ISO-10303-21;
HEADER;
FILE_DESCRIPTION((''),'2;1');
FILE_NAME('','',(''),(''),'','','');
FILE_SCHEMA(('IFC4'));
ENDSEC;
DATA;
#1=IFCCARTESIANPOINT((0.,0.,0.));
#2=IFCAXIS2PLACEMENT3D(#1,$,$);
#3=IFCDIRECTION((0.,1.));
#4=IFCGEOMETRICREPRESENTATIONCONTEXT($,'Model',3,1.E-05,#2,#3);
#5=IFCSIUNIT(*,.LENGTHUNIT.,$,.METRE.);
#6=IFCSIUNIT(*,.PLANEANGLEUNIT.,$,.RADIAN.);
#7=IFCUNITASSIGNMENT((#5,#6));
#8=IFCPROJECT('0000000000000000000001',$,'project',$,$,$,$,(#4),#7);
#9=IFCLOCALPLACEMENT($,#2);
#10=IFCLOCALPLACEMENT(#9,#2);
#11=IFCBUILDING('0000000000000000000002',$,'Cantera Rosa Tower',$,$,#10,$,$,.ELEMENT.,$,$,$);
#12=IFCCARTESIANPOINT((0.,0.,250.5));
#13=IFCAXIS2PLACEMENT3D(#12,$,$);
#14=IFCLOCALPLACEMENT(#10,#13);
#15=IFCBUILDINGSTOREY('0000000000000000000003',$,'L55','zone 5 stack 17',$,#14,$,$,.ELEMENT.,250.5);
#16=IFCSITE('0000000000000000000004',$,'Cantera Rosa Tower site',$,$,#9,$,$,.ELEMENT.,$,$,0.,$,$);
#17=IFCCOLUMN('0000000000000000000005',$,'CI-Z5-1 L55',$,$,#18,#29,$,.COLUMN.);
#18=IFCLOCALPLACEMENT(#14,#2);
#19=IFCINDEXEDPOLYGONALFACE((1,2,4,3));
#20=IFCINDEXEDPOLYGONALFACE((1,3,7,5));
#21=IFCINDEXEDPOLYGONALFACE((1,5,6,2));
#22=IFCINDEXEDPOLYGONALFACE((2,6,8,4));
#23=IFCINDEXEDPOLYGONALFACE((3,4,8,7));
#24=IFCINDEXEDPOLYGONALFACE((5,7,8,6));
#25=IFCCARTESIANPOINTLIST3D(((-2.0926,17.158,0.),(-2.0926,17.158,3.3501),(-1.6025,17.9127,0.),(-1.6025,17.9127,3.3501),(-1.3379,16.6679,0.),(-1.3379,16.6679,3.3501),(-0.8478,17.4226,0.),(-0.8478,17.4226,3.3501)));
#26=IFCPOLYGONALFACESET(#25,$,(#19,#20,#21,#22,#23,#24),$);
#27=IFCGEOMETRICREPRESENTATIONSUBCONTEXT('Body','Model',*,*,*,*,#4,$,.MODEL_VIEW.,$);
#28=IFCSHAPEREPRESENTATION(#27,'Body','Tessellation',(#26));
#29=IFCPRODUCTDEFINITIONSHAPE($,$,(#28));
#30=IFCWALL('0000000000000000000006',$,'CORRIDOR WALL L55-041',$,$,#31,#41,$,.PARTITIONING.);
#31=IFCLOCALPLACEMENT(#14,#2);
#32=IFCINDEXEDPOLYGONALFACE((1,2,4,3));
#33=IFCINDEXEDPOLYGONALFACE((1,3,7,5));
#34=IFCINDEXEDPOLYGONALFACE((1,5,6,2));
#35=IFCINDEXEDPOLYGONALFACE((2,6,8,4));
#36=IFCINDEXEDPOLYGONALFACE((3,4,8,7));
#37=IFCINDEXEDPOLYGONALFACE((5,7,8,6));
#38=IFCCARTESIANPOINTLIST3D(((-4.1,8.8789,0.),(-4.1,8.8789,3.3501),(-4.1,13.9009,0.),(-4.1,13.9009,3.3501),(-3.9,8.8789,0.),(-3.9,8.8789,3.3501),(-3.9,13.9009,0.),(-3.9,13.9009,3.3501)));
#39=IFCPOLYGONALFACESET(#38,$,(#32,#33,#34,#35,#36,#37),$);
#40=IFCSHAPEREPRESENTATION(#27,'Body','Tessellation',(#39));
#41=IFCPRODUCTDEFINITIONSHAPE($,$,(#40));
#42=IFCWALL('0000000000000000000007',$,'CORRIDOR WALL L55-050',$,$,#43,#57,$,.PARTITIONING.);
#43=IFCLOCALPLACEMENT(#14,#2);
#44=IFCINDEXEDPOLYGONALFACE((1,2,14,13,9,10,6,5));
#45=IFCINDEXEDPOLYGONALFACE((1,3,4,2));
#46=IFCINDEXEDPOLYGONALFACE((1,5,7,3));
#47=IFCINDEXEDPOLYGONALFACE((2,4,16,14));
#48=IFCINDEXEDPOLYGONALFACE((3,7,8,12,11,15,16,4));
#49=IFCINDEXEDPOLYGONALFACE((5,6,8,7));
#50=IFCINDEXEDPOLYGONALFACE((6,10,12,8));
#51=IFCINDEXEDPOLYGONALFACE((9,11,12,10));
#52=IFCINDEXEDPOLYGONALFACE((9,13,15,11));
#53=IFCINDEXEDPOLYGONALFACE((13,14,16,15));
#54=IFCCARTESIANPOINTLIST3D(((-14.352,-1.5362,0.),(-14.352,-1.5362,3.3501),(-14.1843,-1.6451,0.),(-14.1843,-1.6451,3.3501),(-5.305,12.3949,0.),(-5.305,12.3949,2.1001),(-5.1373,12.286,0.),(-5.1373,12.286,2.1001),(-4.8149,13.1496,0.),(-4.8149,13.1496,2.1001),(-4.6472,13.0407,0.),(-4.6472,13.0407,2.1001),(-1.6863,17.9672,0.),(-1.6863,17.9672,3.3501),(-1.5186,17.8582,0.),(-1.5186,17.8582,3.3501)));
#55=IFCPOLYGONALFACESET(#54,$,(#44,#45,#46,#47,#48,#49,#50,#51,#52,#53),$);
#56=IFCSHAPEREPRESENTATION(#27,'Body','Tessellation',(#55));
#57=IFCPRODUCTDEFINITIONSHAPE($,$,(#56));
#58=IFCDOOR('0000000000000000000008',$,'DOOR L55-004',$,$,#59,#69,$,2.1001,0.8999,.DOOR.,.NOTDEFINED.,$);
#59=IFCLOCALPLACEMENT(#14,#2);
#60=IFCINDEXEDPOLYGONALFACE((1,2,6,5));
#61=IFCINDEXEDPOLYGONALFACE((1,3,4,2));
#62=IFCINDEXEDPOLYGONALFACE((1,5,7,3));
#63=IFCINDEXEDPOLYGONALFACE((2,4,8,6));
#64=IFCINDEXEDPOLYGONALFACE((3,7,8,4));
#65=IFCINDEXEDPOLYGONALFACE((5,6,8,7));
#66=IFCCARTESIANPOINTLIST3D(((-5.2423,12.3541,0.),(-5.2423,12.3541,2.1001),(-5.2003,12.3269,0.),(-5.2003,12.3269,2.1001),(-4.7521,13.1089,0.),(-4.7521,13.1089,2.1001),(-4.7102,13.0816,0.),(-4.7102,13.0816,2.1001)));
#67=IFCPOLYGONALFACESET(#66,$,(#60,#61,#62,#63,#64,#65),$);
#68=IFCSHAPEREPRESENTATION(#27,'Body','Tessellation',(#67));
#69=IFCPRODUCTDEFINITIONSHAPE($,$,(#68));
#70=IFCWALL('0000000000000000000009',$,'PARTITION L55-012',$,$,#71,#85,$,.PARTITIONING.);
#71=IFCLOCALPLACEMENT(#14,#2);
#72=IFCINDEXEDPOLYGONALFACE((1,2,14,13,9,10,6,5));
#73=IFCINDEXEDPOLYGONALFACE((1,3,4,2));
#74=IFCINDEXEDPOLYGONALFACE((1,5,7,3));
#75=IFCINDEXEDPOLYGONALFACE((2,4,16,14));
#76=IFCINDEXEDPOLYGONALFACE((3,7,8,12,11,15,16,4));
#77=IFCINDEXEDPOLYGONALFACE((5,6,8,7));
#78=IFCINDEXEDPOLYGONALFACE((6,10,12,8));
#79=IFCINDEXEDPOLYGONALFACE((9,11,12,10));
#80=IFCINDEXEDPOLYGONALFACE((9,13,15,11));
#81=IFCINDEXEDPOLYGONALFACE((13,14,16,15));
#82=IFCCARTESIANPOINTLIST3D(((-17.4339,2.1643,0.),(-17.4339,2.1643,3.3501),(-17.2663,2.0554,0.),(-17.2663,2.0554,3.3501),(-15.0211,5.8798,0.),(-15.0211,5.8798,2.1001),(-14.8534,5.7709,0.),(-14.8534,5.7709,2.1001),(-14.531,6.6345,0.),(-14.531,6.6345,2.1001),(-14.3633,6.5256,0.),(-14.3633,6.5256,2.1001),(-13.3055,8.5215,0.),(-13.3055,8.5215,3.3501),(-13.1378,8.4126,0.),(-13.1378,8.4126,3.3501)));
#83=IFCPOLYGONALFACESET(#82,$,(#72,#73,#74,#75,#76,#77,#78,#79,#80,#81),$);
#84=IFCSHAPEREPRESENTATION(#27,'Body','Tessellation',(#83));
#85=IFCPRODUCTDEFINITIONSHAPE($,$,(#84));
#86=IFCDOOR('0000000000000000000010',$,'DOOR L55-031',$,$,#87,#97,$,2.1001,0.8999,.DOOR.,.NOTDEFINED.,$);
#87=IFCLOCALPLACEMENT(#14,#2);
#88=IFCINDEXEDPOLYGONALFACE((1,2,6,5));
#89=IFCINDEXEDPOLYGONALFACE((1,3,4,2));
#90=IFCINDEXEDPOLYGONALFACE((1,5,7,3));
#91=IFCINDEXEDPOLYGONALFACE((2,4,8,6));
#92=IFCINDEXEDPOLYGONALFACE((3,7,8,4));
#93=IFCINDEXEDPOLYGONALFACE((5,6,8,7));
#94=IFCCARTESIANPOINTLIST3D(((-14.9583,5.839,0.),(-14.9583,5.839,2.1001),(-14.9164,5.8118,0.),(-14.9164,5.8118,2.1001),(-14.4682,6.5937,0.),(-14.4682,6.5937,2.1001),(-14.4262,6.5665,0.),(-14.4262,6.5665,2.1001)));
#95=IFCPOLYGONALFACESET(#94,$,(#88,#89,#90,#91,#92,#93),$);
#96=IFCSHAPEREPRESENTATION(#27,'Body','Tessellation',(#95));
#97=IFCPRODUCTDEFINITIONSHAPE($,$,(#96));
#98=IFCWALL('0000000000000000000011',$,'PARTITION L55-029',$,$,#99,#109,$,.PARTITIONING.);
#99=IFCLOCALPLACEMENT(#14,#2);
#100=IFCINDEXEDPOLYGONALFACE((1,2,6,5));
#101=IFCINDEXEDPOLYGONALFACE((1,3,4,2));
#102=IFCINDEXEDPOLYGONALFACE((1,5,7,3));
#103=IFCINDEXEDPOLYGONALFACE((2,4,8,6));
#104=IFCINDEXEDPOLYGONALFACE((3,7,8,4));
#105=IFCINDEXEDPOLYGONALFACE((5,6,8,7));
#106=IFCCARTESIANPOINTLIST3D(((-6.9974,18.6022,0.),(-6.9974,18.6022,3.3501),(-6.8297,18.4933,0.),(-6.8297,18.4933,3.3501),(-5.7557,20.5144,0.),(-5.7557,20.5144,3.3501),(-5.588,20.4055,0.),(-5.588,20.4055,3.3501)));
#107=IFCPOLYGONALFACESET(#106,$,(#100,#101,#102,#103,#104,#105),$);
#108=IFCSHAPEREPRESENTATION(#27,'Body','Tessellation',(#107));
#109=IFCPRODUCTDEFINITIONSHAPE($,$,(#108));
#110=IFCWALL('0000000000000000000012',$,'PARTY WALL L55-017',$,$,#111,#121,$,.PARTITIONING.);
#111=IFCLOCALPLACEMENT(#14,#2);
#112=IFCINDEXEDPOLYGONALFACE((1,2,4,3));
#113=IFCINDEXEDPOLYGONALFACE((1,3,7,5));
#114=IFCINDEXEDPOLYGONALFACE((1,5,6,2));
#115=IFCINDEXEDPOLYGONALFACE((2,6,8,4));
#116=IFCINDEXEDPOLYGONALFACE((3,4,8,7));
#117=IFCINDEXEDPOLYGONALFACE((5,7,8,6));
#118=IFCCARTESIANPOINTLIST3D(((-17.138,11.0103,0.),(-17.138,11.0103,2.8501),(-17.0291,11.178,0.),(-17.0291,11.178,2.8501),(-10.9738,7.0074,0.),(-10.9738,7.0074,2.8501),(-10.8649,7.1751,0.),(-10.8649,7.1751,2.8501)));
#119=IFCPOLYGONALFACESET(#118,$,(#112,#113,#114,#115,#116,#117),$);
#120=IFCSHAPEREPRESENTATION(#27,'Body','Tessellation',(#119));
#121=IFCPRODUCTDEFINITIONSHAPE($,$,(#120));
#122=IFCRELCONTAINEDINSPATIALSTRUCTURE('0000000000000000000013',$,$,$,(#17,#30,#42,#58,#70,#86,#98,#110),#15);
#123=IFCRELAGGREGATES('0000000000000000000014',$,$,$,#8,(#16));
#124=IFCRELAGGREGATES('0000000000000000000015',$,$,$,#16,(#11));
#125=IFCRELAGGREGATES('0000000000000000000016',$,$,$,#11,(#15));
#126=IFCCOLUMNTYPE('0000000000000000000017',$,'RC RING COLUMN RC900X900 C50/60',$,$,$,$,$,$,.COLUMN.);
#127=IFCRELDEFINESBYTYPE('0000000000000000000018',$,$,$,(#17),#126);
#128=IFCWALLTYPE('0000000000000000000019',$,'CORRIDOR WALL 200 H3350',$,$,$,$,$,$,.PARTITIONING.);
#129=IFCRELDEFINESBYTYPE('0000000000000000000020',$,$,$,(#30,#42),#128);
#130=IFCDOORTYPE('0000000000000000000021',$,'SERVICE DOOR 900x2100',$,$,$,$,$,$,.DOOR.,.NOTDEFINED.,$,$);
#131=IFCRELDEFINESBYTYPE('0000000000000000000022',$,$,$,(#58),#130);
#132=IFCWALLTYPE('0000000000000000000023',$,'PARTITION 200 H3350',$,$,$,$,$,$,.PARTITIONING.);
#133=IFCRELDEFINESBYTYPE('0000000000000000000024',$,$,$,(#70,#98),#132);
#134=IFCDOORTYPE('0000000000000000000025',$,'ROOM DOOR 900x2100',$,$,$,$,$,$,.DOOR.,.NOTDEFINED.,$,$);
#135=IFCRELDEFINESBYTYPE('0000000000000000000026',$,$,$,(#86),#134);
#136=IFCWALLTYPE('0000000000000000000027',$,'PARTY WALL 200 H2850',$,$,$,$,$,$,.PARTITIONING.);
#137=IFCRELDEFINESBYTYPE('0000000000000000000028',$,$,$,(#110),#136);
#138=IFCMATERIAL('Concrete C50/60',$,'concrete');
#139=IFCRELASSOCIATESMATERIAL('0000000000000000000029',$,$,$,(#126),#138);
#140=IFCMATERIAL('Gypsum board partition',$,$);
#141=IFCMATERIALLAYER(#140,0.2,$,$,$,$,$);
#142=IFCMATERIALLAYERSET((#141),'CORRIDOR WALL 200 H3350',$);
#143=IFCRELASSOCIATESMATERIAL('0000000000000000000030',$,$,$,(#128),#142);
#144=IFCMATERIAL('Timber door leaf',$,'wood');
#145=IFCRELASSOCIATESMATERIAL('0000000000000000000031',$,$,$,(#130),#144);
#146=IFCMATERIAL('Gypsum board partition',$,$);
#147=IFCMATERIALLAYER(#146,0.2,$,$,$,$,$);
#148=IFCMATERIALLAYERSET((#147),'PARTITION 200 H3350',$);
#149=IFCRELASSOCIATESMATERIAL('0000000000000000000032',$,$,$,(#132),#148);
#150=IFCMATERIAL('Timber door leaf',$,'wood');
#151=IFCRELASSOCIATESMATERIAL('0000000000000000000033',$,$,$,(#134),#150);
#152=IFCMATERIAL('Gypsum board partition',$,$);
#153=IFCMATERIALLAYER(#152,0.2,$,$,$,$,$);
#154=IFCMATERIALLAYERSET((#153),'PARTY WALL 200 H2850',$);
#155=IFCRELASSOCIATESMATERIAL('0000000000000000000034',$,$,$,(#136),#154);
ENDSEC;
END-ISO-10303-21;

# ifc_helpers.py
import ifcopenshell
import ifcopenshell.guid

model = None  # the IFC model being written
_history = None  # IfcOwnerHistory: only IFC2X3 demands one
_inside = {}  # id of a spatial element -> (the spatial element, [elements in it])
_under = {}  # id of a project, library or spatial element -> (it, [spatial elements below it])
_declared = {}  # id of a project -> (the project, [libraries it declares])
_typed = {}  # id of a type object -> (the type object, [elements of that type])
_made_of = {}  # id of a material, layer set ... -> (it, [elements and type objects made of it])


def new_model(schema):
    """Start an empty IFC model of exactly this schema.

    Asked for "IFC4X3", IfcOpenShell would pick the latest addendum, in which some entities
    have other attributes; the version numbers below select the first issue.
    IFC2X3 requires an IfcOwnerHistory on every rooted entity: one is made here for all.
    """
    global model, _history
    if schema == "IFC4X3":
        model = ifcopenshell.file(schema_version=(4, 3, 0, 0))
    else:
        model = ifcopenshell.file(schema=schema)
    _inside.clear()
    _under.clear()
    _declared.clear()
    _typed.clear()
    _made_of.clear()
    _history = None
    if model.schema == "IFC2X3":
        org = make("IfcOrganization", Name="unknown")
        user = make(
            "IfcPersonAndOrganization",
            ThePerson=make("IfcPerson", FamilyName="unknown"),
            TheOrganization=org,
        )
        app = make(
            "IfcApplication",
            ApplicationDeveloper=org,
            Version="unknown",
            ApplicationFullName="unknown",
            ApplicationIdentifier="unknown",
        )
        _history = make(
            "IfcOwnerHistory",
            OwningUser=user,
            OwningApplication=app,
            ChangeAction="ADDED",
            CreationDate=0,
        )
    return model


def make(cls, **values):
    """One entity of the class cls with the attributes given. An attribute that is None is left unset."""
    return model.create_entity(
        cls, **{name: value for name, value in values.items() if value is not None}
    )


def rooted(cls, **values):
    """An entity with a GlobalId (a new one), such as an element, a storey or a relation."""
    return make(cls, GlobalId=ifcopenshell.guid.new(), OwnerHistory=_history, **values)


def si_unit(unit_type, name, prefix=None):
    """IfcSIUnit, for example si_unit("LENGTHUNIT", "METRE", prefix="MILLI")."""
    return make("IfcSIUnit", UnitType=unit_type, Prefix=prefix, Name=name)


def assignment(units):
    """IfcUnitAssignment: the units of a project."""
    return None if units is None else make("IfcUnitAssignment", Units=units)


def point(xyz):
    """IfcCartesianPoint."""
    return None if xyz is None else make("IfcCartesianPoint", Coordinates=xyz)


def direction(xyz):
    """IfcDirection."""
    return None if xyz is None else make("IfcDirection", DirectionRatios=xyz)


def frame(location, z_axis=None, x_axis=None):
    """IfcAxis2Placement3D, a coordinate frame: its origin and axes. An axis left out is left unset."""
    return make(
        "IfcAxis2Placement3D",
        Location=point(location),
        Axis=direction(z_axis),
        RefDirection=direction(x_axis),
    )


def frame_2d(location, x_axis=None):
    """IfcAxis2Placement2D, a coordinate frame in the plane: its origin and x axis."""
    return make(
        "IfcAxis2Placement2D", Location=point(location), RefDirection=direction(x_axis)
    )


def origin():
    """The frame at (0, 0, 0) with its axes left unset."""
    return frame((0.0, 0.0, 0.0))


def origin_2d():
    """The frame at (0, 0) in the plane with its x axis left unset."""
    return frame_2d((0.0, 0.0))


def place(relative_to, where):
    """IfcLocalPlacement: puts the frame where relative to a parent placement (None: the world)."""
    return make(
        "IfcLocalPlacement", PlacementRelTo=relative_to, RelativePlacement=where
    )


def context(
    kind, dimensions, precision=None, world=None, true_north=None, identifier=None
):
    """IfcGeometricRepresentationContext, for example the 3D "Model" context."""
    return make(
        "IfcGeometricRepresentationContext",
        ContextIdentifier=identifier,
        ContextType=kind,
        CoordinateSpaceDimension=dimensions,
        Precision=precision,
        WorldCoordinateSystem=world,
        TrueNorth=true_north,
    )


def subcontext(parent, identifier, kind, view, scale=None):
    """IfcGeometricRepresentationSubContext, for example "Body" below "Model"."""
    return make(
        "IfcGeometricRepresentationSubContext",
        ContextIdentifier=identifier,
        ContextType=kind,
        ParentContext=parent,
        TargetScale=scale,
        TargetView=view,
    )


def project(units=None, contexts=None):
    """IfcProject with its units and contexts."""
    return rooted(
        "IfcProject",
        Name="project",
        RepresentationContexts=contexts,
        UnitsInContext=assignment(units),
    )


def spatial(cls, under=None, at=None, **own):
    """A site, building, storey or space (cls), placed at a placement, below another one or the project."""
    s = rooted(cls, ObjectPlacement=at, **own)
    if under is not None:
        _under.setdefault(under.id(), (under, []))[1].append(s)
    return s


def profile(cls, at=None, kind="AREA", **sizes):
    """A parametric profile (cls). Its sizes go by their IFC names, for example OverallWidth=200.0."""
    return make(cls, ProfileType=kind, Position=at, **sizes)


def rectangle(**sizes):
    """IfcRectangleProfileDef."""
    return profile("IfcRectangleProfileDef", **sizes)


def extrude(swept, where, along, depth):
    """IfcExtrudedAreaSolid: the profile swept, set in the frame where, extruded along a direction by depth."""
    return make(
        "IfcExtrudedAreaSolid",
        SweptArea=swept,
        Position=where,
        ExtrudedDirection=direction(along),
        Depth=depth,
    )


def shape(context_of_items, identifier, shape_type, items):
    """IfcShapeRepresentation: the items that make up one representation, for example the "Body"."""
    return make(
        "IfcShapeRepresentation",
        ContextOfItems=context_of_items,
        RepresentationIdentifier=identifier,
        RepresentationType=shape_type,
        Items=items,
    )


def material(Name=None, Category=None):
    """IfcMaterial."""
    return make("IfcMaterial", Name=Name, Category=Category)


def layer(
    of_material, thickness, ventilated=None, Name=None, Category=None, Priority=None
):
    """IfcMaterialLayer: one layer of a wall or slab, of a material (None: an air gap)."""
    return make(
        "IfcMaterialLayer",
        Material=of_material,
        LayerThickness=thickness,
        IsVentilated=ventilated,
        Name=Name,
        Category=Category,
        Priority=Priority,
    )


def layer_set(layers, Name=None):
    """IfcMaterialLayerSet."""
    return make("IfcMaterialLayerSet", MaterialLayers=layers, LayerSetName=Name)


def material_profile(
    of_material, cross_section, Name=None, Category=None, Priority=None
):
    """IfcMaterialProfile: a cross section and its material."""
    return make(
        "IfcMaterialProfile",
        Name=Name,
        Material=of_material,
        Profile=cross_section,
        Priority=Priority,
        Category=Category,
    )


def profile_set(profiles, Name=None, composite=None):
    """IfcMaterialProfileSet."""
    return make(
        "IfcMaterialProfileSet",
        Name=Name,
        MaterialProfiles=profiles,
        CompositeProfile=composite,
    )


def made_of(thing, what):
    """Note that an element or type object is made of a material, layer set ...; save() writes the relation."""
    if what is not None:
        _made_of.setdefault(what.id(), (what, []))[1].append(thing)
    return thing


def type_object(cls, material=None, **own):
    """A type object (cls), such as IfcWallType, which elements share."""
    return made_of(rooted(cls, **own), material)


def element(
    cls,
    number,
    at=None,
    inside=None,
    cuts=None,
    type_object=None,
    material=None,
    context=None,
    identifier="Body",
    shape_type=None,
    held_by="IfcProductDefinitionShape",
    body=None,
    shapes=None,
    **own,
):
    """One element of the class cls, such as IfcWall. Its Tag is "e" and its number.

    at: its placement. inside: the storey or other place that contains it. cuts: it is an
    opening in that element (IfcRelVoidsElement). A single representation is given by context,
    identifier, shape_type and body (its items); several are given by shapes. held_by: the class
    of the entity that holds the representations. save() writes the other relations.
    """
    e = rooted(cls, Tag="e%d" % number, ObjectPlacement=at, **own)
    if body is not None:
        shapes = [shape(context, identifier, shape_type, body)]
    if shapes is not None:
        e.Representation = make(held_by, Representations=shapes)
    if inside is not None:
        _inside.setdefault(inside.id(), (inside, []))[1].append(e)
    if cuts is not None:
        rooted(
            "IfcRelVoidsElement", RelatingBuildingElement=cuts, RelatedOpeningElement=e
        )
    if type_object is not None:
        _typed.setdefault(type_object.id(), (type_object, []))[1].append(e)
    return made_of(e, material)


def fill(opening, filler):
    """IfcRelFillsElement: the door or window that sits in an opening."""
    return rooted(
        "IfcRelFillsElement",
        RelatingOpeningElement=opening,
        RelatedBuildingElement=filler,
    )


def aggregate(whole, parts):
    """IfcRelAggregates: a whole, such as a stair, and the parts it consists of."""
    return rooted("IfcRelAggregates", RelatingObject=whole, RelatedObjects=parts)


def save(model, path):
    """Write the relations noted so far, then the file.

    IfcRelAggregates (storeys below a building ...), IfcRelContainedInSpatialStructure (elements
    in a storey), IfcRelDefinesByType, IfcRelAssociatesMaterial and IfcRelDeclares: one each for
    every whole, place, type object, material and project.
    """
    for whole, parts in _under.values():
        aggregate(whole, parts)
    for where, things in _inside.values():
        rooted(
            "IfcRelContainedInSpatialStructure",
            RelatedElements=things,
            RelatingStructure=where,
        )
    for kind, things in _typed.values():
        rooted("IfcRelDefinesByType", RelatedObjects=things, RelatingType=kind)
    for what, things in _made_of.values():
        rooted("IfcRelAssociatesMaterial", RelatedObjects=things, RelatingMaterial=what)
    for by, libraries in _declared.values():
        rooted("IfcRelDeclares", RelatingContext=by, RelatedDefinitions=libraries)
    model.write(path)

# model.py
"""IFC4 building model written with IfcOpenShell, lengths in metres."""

from ifc_helpers import new_model, si_unit, direction, frame, frame_2d, origin, origin_2d, place, context, subcontext, project, spatial, rectangle, extrude, material, layer, layer_set, material_profile, profile_set, type_object, element, fill, save


model = new_model("IFC4")

# Units and contexts
model_context = context("Model", 3, precision=1e-05, world=origin(), true_north=direction((0.0, 1.0)))
body_context = subcontext(model_context, "Body", "Model", "MODEL_VIEW")
ifc_project = project(units=[si_unit("LENGTHUNIT", "METRE"), si_unit("PLANEANGLEUNIT", "RADIAN")], contexts=[model_context])

# Site, building, storey
site_placement = place(None, origin())
site = spatial("IfcSite", under=ifc_project, at=site_placement, Name="Cantera Rosa Tower site", CompositionType="ELEMENT", RefElevation=0.0)
building_placement = place(site_placement, origin())
building = spatial("IfcBuilding", under=site, at=building_placement, Name="Cantera Rosa Tower", CompositionType="ELEMENT")
storey_placement = place(building_placement, frame((0.0, 0.0, 250.5)))
storey = spatial("IfcBuildingStorey", under=building, at=storey_placement, Name="L55", Description="zone 5 stack 17", CompositionType="ELEMENT", Elevation=250.5)

# Column
ifc_material_1 = material(Name="Concrete C50/60", Category="concrete")
ifc_material_profile = material_profile(ifc_material_1, rectangle(XDim=0.8999, YDim=0.8999, at=origin_2d()), Name="RC RING COLUMN RC900X900 C50/60")
ifc_profile_set = profile_set([ifc_material_profile], Name="Concrete C50/60")
column_type = type_object("IfcColumnType", Name="RC RING COLUMN RC900X900 C50/60", PredefinedType="COLUMN", material=ifc_profile_set)
column_placement = place(storey_placement, frame((-1.4702, 17.2903, 0.0), z_axis=(0.0, 0.0, 1.0), x_axis=(0.544639, 0.838671, 0.0)))
element("IfcColumn", 1, at=column_placement, inside=storey, type_object=column_type, Name="CI-Z5-1 L55", PredefinedType="COLUMN", context=body_context, shape_type="SweptSolid", body=[
    extrude(rectangle(XDim=0.8999, YDim=0.8999, at=origin_2d()), origin(), (0.0, 0.0, 1.0), 3.3501),
])

# Wall
ifc_material_2 = material(Name="Gypsum board partition")
ifc_layer_1 = layer(ifc_material_2, 0.2)
ifc_layer_set_1 = layer_set([ifc_layer_1], Name="CORRIDOR WALL 200 H3350")
wall_type_1 = type_object("IfcWallType", Name="CORRIDOR WALL 200 H3350", PredefinedType="PARTITIONING", material=ifc_layer_set_1)
wall_1_placement = place(storey_placement, frame((-4.0, 13.9009, 0.0), z_axis=(0.0, 0.0, 1.0), x_axis=(0.0, -1.0, 0.0)))
element("IfcWall", 2, at=wall_1_placement, inside=storey, type_object=wall_type_1, Name="CORRIDOR WALL L55-041", PredefinedType="PARTITIONING", context=body_context, shape_type="SweptSolid", body=[
    extrude(rectangle(XDim=5.022, YDim=0.2, at=frame_2d((2.511, 0.0))), origin(), (0.0, 0.0, 1.0), 3.3501),
])

# Walls, openings, doors
wall_2_placement = place(storey_placement, frame((-1.6025, 17.9126, 0.0), z_axis=(0.0, 0.0, 1.0), x_axis=(-0.544642, -0.838669, 0.0)))
wall_2 = element("IfcWall", 3, at=wall_2_placement, inside=storey, type_object=wall_type_1, Name="CORRIDOR WALL L55-050", PredefinedType="PARTITIONING", context=body_context, shape_type="SweptSolid", body=[
    extrude(rectangle(XDim=23.2551, YDim=0.2, at=frame_2d((11.6274, 0.0))), origin(), (0.0, 0.0, 1.0), 3.3501),
])
opening_1_placement = place(wall_2_placement, frame((5.7441, 0.0, 0.0)))
opening_1 = element("IfcOpeningElement", 4, at=opening_1_placement, cuts=wall_2, PredefinedType="OPENING", context=body_context, shape_type="SweptSolid", body=[
    extrude(rectangle(XDim=0.8999, YDim=2.1001, at=frame_2d((0.45, 1.05))), frame((0.0, 0.1099, 0.0), z_axis=(0.0, -1.0, 0.0), x_axis=(1.0, 0.0, 0.0)), (0.0, 0.0, 1.0), 0.22),
])
ifc_material_3 = material(Name="Timber door leaf", Category="wood")
door_type_1 = type_object("IfcDoorType", Name="SERVICE DOOR 900x2100", OperationType="NOTDEFINED", PredefinedType="DOOR", material=ifc_material_3)
door_1_placement = place(opening_1_placement, origin())
door_1 = element("IfcDoor", 5, at=door_1_placement, inside=storey, type_object=door_type_1, Name="DOOR L55-004", OperationType="NOTDEFINED", OverallHeight=2.1001, OverallWidth=0.8999, PredefinedType="DOOR", context=body_context, shape_type="SweptSolid", body=[
    extrude(rectangle(XDim=0.8999, YDim=2.1001, at=frame_2d((0.45, 1.05))), frame((0.0, 0.0249, 0.0), z_axis=(0.0, -1.0, 0.0), x_axis=(1.0, 0.0, 0.0)), (0.0, 0.0, 1.0), 0.05),
])
fill(opening_1, door_1)
ifc_material_4 = material(Name="Gypsum board partition")
ifc_layer_2 = layer(ifc_material_4, 0.2)
ifc_layer_set_2 = layer_set([ifc_layer_2], Name="PARTITION 200 H3350")
wall_type_2 = type_object("IfcWallType", Name="PARTITION 200 H3350", PredefinedType="PARTITIONING", material=ifc_layer_set_2)
wall_3_placement = place(storey_placement, frame((-13.2217, 8.467, 0.0), z_axis=(0.0, 0.0, 1.0), x_axis=(-0.544641, -0.838669, 0.0)))
wall_3 = element("IfcWall", 6, at=wall_3_placement, inside=storey, type_object=wall_type_2, Name="PARTITION L55-012", PredefinedType="PARTITIONING", context=body_context, shape_type="SweptSolid", body=[
    extrude(rectangle(XDim=7.5801, YDim=0.2, at=frame_2d((3.79, 0.0))), origin(), (0.0, 0.0, 1.0), 3.3501),
])
opening_2_placement = place(wall_3_placement, frame((2.25, 0.0, 0.0)))
opening_2 = element("IfcOpeningElement", 7, at=opening_2_placement, cuts=wall_3, PredefinedType="OPENING", context=body_context, shape_type="SweptSolid", body=[
    extrude(rectangle(XDim=0.8999, YDim=2.1001, at=frame_2d((0.45, 1.05))), frame((0.0, 0.1099, 0.0), z_axis=(0.0, -1.0, 0.0), x_axis=(1.0, 0.0, 0.0)), (0.0, 0.0, 1.0), 0.22),
])
ifc_material_5 = material(Name="Timber door leaf", Category="wood")
door_type_2 = type_object("IfcDoorType", Name="ROOM DOOR 900x2100", OperationType="NOTDEFINED", PredefinedType="DOOR", material=ifc_material_5)
door_2_placement = place(opening_2_placement, origin())
door_2 = element("IfcDoor", 8, at=door_2_placement, inside=storey, type_object=door_type_2, Name="DOOR L55-031", OperationType="NOTDEFINED", OverallHeight=2.1001, OverallWidth=0.8999, PredefinedType="DOOR", context=body_context, shape_type="SweptSolid", body=[
    extrude(rectangle(XDim=0.8999, YDim=2.1001, at=frame_2d((0.45, 1.05))), frame((0.0, 0.0249, 0.0), z_axis=(0.0, -1.0, 0.0), x_axis=(1.0, 0.0, 0.0)), (0.0, 0.0, 1.0), 0.05),
])
fill(opening_2, door_2)

# Walls
wall_4_placement = place(storey_placement, frame((-6.9136, 18.5476, 0.0), z_axis=(0.0, 0.0, 1.0), x_axis=(0.544578, 0.83871, 0.0)))
element("IfcWall", 9, at=wall_4_placement, inside=storey, type_object=wall_type_2, Name="PARTITION L55-029", PredefinedType="PARTITIONING", context=body_context, shape_type="SweptSolid", body=[
    extrude(rectangle(XDim=2.28, YDim=0.2, at=frame_2d((1.1401, 0.0))), origin(), (0.0, 0.0, 1.0), 3.3501),
])
ifc_material_6 = material(Name="Gypsum board partition")
ifc_layer_3 = layer(ifc_material_6, 0.2)
ifc_layer_set_3 = layer_set([ifc_layer_3], Name="PARTY WALL 200 H2850")
wall_type_3 = type_object("IfcWallType", Name="PARTY WALL 200 H2850", PredefinedType="PARTITIONING", material=ifc_layer_set_3)
wall_5_placement = place(storey_placement, frame((-10.9194, 7.0913, 0.0), z_axis=(0.0, 0.0, 1.0), x_axis=(-0.838684, 0.544618, 0.0)))
element("IfcWall", 10, at=wall_5_placement, inside=storey, type_object=wall_type_3, Name="PARTY WALL L55-017", PredefinedType="PARTITIONING", context=body_context, shape_type="SweptSolid", body=[
    extrude(rectangle(XDim=7.3499, YDim=0.2, at=frame_2d((3.6748, 0.0))), origin(), (0.0, 0.0, 1.0), 2.8501),
])

save(model, "model.ifc")
